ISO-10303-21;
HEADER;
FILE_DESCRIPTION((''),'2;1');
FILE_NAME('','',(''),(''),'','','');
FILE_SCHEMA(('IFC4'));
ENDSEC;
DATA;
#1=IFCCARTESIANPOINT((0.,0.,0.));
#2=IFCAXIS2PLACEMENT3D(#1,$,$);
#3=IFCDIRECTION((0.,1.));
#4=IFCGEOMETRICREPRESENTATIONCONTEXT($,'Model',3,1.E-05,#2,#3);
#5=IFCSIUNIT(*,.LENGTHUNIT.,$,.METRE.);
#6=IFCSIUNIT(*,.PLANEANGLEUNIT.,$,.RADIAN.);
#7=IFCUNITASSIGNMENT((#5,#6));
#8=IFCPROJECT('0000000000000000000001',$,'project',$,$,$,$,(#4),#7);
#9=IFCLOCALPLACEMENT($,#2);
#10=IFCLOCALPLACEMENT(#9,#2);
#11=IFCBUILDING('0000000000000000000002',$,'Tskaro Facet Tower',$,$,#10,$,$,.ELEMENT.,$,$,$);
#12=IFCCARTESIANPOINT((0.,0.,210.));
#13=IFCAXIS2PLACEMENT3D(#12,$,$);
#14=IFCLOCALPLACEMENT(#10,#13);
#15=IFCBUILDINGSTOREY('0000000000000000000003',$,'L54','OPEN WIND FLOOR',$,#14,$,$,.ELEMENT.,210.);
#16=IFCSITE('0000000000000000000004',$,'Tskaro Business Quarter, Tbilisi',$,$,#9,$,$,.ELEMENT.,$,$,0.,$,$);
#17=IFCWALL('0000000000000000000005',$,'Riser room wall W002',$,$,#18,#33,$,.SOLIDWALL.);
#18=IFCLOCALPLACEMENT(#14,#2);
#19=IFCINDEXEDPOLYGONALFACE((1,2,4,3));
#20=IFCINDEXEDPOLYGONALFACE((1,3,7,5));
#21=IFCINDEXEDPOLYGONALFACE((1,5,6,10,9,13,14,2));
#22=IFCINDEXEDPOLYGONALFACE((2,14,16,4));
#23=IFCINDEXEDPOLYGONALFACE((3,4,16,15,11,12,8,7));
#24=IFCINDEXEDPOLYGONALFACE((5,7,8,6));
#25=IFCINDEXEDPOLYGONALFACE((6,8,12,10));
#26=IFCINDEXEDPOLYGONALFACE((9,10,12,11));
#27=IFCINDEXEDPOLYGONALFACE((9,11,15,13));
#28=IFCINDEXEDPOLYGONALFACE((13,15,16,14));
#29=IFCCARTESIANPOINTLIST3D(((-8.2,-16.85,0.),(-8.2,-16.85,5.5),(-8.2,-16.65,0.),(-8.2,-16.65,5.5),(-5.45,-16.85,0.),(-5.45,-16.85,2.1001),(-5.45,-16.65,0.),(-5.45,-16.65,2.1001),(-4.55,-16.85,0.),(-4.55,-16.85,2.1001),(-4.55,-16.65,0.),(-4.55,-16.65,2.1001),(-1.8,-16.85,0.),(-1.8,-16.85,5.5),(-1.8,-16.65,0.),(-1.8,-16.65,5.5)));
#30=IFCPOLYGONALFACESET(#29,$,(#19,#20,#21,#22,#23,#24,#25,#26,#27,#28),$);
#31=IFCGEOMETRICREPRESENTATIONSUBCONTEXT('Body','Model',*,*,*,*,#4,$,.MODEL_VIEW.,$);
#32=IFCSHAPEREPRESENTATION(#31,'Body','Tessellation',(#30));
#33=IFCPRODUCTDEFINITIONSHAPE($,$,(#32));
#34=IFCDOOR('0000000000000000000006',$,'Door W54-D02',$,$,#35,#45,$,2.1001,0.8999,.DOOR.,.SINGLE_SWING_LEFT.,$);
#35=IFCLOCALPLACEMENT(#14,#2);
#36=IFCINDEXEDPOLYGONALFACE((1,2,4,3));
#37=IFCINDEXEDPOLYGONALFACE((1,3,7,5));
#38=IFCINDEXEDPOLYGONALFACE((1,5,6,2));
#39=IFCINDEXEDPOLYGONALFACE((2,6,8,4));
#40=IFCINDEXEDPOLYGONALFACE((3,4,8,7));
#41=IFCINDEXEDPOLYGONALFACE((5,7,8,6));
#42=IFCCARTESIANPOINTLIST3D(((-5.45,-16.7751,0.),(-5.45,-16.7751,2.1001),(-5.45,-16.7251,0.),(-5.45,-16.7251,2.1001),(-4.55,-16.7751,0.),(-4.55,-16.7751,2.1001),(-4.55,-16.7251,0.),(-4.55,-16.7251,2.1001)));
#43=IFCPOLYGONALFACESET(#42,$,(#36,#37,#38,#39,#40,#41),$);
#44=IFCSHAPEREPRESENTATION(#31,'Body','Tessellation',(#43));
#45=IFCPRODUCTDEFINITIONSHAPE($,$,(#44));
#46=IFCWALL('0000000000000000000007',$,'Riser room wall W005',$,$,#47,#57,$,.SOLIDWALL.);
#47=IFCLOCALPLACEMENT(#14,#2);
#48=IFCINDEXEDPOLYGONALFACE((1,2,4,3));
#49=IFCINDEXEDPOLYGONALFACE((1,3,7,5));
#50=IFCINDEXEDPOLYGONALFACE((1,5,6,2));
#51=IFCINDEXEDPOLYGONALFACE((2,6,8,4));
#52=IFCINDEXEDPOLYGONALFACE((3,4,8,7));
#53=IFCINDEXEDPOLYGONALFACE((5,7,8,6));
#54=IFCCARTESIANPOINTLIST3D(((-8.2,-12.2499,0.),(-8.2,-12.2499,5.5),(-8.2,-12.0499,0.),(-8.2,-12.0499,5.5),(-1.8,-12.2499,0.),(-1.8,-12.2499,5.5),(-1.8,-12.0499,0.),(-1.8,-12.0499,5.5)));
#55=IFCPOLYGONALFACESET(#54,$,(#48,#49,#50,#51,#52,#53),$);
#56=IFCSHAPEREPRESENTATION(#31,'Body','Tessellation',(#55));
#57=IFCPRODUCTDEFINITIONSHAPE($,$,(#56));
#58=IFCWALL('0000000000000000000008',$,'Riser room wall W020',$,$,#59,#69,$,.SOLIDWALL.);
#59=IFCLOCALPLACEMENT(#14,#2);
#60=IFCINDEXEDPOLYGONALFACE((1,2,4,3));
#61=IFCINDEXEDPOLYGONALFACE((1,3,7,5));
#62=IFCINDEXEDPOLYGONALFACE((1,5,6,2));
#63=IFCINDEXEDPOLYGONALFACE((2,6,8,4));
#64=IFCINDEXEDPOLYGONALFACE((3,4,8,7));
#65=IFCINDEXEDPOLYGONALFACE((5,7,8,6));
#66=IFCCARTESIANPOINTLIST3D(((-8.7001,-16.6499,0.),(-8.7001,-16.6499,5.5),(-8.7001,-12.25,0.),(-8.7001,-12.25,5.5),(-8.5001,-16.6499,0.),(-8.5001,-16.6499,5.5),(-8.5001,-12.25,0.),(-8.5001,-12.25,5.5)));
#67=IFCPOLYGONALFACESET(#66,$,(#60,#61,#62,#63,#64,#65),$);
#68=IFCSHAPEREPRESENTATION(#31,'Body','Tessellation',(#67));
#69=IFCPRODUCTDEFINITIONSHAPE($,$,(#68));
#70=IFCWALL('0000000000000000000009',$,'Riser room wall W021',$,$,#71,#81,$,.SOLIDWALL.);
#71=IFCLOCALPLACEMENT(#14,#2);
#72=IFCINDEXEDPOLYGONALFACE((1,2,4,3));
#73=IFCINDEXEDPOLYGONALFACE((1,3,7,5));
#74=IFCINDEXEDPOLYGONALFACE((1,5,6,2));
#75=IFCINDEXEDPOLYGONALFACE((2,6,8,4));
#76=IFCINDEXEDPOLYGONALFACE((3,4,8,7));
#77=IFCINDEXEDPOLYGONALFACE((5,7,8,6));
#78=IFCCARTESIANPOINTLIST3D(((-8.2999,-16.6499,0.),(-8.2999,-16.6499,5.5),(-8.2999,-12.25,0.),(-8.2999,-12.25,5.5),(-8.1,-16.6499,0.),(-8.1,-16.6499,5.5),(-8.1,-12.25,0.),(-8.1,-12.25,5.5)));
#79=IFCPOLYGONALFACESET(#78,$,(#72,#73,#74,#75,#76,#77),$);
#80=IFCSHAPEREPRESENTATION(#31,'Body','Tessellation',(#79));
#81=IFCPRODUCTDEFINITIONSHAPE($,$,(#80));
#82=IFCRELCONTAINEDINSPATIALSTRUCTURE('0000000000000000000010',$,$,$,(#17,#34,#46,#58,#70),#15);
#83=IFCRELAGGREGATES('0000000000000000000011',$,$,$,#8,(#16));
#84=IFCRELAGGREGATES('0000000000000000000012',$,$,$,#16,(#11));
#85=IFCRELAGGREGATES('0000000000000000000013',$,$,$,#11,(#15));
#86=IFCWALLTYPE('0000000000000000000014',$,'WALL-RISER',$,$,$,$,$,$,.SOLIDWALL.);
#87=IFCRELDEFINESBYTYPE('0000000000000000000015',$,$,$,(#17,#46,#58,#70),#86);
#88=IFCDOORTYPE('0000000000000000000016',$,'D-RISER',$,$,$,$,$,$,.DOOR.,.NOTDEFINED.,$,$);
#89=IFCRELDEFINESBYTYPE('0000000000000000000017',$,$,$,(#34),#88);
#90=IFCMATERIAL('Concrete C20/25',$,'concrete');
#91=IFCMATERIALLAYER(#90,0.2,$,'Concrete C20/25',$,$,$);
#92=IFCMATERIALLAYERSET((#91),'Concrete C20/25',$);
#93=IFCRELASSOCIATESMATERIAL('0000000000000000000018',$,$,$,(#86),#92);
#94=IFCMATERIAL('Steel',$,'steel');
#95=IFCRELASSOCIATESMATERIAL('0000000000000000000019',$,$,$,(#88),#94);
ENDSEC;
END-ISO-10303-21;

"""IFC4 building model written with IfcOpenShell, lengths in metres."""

from ifc_helpers import new_model, si_unit, direction, frame, frame_2d, origin, place, context, subcontext, project, spatial, rectangle, extrude, material, layer, layer_set, type_object, element, fill, save


model = new_model("IFC4")

# Units and contexts
model_context = context("Model", 3, precision=1e-05, world=origin(), true_north=direction((0.0, 1.0)))
body_context = subcontext(model_context, "Body", "Model", "MODEL_VIEW")
ifc_project = project(units=[si_unit("LENGTHUNIT", "METRE"), si_unit("PLANEANGLEUNIT", "RADIAN")], contexts=[model_context])

# Site, building, storey
site_placement = place(None, origin())
site = spatial("IfcSite", under=ifc_project, at=site_placement, Name="Tskaro Business Quarter, Tbilisi", CompositionType="ELEMENT", RefElevation=0.0)
building_placement = place(site_placement, origin())
building = spatial("IfcBuilding", under=site, at=building_placement, Name="Tskaro Facet Tower", CompositionType="ELEMENT")
storey_placement = place(building_placement, frame((0.0, 0.0, 210.0)))
storey = spatial("IfcBuildingStorey", under=building, at=storey_placement, Name="L54", Description="OPEN WIND FLOOR", CompositionType="ELEMENT", Elevation=210.0)

# Wall, opening, door
ifc_material_1 = material(Name="Concrete C20/25", Category="concrete")
ifc_layer = layer(ifc_material_1, 0.2, Name="Concrete C20/25")
ifc_layer_set = layer_set([ifc_layer], Name="Concrete C20/25")
wall_type = type_object("IfcWallType", Name="WALL-RISER", PredefinedType="SOLIDWALL", material=ifc_layer_set)
wall_1_placement = place(storey_placement, frame((-8.2, -16.75, 0.0), z_axis=(0.0, 0.0, 1.0), x_axis=(1.0, 0.0, 0.0)))
wall_1 = element("IfcWall", 1, at=wall_1_placement, inside=storey, type_object=wall_type, Name="Riser room wall W002", PredefinedType="SOLIDWALL", context=body_context, shape_type="SweptSolid", body=[
    extrude(rectangle(XDim=6.3999, YDim=0.2, at=frame_2d((3.2, 0.0))), origin(), (0.0, 0.0, 1.0), 5.5),
])
opening_placement = place(wall_1_placement, frame((2.75, 0.0, 0.0)))
opening = element("IfcOpeningElement", 2, at=opening_placement, cuts=wall_1, PredefinedType="OPENING", context=body_context, shape_type="SweptSolid", body=[
    extrude(rectangle(XDim=0.8999, YDim=2.1001, at=frame_2d((0.45, 1.05))), frame((0.0, 0.1099, 0.0), z_axis=(0.0, -1.0, 0.0), x_axis=(1.0, 0.0, 0.0)), (0.0, 0.0, 1.0), 0.22),
])
ifc_material_2 = material(Name="Steel", Category="steel")
door_type = type_object("IfcDoorType", Name="D-RISER", OperationType="NOTDEFINED", PredefinedType="DOOR", material=ifc_material_2)
door_placement = place(opening_placement, origin())
door = element("IfcDoor", 3, at=door_placement, inside=storey, type_object=door_type, Name="Door W54-D02", OperationType="SINGLE_SWING_LEFT", OverallHeight=2.1001, OverallWidth=0.8999, PredefinedType="DOOR", context=body_context, shape_type="SweptSolid", body=[
    extrude(rectangle(XDim=0.8999, YDim=2.1001, at=frame_2d((0.45, 1.05))), frame((0.0, 0.0249, 0.0), z_axis=(0.0, -1.0, 0.0), x_axis=(1.0, 0.0, 0.0)), (0.0, 0.0, 1.0), 0.05),
])
fill(opening, door)

# Walls
wall_2_placement = place(storey_placement, frame((-8.2, -12.1499, 0.0), z_axis=(0.0, 0.0, 1.0), x_axis=(1.0, 0.0, 0.0)))
element("IfcWall", 4, at=wall_2_placement, inside=storey, type_object=wall_type, Name="Riser room wall W005", PredefinedType="SOLIDWALL", context=body_context, shape_type="SweptSolid", body=[
    extrude(rectangle(XDim=6.3999, YDim=0.2, at=frame_2d((3.2, 0.0))), origin(), (0.0, 0.0, 1.0), 5.5),
])
for number, where, z_axis, x_axis, name in (
    (5, (-8.6001, -16.6499, 0.0), (0.0, 0.0, 1.0), (0.0, 1.0, 0.0), "Riser room wall W020"),
    (6, (-8.2, -16.6499, 0.0), (0.0, 0.0, 1.0), (0.0, 1.0, 0.0), "Riser room wall W021"),
):
    element("IfcWall", number, at=place(storey_placement, frame(where, z_axis=z_axis, x_axis=x_axis)), inside=storey, type_object=wall_type, Name=name, PredefinedType="SOLIDWALL", context=body_context, shape_type="SweptSolid", body=[
        extrude(rectangle(XDim=4.3999, YDim=0.2, at=frame_2d((2.2, 0.0))), origin(), (0.0, 0.0, 1.0), 5.5),
    ])

save(model, "model.ifc")
